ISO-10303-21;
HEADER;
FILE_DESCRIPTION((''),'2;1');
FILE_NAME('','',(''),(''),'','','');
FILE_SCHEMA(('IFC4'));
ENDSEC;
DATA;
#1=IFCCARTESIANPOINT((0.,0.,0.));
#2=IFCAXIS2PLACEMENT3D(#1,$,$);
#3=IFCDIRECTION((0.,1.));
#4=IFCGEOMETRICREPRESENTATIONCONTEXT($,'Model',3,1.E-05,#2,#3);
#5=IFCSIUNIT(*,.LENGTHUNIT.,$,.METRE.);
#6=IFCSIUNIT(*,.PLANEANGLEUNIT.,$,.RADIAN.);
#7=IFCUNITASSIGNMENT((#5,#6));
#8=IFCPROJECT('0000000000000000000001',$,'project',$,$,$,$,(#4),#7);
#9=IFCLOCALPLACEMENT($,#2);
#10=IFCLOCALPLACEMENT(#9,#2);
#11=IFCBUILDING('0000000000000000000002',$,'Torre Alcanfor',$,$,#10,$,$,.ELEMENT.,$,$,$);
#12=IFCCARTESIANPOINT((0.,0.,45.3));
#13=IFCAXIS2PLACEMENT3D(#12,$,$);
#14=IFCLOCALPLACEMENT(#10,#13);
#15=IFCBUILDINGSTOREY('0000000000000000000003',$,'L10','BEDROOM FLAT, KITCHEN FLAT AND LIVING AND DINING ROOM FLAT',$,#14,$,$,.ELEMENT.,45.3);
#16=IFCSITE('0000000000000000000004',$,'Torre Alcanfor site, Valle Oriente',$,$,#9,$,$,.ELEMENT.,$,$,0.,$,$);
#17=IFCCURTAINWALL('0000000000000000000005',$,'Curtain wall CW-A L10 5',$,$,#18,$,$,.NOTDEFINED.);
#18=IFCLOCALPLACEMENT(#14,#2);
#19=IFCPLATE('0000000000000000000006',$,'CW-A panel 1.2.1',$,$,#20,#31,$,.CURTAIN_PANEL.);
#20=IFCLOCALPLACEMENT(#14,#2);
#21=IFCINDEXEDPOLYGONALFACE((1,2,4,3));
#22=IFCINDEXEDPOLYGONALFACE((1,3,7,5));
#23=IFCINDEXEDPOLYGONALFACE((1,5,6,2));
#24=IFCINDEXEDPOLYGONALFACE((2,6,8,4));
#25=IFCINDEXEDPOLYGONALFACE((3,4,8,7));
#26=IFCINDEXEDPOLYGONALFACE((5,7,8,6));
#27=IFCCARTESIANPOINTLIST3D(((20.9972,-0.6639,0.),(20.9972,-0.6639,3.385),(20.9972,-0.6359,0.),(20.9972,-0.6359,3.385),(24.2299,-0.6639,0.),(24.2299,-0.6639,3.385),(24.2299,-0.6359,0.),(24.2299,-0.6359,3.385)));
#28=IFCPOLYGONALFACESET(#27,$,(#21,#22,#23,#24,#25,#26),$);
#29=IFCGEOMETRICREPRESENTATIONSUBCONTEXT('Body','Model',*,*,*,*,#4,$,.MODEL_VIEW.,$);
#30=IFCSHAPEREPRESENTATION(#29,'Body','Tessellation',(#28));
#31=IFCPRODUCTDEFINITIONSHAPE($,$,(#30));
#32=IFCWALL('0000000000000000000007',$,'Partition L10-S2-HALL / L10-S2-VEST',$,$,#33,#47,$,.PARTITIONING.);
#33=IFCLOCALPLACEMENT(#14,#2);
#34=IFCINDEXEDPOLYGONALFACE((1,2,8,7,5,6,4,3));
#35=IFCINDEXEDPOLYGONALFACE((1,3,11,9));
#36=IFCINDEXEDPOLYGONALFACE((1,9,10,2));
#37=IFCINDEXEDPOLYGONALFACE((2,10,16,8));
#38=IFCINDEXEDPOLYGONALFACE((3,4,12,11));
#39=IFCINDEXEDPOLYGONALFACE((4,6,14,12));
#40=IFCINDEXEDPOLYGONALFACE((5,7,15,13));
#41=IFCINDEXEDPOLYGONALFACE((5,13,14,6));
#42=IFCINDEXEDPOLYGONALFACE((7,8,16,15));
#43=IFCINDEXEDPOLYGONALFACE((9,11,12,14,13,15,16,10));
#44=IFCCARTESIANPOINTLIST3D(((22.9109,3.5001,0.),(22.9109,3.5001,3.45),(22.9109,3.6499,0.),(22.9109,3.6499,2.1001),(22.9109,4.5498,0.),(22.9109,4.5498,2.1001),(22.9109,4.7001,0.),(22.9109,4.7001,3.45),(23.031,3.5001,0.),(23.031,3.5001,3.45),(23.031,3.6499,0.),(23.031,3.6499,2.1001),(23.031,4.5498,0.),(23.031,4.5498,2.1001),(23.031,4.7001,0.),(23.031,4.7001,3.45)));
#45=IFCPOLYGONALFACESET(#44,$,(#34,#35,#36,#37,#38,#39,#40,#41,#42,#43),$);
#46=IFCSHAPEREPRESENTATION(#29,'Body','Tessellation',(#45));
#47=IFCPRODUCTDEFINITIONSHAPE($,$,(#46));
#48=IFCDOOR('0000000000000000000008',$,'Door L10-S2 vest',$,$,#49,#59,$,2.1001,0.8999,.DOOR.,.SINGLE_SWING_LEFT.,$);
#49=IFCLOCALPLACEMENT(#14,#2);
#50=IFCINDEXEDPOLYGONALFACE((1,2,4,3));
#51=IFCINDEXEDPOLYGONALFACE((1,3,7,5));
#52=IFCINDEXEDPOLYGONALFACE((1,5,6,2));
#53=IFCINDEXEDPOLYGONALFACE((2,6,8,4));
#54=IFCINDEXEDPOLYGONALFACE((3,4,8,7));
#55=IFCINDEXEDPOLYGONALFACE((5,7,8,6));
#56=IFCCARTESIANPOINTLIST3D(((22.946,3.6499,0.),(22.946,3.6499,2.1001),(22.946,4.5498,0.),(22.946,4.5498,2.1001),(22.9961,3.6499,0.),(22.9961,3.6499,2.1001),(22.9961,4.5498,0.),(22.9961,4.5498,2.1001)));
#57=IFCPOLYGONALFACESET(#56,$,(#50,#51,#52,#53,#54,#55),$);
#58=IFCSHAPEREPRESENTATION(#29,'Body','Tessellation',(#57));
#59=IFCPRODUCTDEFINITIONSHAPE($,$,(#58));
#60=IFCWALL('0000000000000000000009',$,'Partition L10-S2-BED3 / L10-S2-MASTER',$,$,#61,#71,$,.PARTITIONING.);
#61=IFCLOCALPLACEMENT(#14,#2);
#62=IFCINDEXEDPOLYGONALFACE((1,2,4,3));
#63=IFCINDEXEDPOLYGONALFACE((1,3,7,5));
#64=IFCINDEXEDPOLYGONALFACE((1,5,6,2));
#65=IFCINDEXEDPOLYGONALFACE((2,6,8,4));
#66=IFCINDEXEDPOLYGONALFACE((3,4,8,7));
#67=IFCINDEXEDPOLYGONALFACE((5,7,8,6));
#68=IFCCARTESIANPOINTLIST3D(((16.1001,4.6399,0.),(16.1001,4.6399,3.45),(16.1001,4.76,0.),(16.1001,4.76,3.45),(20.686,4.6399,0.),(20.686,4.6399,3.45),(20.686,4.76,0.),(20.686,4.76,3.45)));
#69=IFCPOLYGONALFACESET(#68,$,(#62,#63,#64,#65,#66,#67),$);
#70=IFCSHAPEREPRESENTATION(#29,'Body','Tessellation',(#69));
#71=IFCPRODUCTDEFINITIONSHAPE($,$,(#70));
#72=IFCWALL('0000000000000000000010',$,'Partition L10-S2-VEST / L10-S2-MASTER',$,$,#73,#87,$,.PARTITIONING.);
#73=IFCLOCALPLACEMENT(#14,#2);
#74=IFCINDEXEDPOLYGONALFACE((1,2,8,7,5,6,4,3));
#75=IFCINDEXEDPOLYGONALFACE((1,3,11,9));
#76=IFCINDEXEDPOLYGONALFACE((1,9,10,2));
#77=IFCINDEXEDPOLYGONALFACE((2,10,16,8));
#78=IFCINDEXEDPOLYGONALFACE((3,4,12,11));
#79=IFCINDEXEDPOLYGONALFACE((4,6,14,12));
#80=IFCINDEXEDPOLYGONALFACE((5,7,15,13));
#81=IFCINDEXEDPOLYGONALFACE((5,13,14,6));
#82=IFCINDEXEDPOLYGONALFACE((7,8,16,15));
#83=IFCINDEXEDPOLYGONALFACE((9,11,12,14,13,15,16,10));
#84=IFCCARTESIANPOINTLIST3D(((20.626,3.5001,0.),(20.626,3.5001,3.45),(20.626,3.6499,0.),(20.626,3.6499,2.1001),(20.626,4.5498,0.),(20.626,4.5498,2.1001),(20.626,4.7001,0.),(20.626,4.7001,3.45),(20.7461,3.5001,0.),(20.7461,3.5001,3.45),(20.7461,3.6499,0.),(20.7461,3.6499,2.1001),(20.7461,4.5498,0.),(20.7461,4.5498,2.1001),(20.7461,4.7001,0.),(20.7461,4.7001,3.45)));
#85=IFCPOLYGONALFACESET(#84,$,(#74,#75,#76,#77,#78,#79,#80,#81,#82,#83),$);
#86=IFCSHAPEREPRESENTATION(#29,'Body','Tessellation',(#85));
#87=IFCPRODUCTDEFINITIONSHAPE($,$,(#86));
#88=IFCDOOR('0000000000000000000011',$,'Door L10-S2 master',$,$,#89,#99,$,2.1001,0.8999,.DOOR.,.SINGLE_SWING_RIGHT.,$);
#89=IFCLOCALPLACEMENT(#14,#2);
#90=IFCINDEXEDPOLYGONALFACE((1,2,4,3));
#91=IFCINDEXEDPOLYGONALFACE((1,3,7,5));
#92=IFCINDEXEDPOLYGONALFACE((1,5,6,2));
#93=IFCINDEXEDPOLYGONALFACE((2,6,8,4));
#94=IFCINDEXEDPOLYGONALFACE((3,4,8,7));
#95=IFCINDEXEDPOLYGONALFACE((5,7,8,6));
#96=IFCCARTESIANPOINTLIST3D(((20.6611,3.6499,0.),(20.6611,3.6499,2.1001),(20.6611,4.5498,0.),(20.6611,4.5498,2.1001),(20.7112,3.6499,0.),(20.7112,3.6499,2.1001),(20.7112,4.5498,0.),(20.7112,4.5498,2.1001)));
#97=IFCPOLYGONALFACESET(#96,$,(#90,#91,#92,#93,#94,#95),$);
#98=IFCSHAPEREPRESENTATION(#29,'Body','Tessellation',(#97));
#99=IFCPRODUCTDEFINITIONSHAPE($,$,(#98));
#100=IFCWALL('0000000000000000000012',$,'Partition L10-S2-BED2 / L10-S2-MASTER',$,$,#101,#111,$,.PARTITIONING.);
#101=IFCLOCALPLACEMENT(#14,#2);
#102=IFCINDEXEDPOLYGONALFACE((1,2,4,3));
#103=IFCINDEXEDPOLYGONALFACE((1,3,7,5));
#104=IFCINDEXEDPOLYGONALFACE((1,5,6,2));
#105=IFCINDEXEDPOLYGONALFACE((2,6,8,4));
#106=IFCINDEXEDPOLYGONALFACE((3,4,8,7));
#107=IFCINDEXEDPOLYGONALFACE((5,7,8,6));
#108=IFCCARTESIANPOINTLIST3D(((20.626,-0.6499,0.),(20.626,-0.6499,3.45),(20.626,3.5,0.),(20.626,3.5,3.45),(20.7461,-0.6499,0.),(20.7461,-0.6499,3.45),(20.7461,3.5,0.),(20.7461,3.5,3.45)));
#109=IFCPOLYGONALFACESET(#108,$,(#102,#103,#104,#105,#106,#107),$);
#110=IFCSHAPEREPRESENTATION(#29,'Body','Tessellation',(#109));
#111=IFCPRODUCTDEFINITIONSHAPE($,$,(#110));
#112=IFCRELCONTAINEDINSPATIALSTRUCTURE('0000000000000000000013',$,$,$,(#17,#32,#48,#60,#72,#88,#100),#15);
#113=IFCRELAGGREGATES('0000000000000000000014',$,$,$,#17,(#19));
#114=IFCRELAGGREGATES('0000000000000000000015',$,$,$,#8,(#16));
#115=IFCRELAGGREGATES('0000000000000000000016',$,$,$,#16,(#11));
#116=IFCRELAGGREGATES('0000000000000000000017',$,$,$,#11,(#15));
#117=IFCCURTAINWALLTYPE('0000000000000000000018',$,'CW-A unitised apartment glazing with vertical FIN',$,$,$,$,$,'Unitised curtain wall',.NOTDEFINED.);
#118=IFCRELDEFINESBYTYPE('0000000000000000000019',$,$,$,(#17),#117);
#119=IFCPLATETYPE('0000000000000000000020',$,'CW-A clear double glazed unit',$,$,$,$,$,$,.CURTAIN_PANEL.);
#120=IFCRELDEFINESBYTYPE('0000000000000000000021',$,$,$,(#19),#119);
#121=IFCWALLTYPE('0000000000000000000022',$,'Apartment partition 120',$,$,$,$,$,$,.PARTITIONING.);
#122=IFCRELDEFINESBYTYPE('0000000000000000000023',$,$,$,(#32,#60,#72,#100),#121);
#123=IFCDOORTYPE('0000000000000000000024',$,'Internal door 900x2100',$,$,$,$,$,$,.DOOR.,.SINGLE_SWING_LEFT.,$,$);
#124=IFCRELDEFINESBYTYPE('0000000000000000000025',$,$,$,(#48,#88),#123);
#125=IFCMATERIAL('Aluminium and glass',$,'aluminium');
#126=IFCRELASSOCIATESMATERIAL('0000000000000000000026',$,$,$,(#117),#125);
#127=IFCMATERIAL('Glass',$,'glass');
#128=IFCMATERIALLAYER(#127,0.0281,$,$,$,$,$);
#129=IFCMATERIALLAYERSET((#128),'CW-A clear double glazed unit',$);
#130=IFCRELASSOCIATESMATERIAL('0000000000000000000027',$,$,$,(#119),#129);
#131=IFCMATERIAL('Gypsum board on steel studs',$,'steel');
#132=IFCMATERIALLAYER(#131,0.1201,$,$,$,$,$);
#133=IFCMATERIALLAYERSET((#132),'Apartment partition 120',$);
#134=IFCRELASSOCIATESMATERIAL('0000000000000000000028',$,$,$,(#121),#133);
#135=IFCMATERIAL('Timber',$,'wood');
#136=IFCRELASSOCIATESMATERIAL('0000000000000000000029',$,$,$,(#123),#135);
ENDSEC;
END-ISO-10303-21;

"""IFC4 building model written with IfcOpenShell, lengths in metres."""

from ifc_helpers import new_model, si_unit, direction, frame, frame_2d, origin, origin_2d, place, context, subcontext, project, spatial, rectangle, extrude, material, layer, layer_set, type_object, element, fill, aggregate, save


model = new_model("IFC4")

# Units and contexts
model_context = context("Model", 3, precision=1e-05, world=origin(), true_north=direction((0.0, 1.0)))
body_context = subcontext(model_context, "Body", "Model", "MODEL_VIEW")
ifc_project = project(units=[si_unit("LENGTHUNIT", "METRE"), si_unit("PLANEANGLEUNIT", "RADIAN")], contexts=[model_context])

# Site, building, storey
site_placement = place(None, origin())
site = spatial("IfcSite", under=ifc_project, at=site_placement, Name="Torre Alcanfor site, Valle Oriente", CompositionType="ELEMENT", RefElevation=0.0)
building_placement = place(site_placement, origin())
building = spatial("IfcBuilding", under=site, at=building_placement, Name="Torre Alcanfor", CompositionType="ELEMENT")
storey_placement = place(building_placement, frame((0.0, 0.0, 45.3)))
storey = spatial("IfcBuildingStorey", under=building, at=storey_placement, Name="L10", Description="BEDROOM FLAT, KITCHEN FLAT AND LIVING AND DINING ROOM FLAT", CompositionType="ELEMENT", Elevation=45.3)

# Curtain wall
ifc_material_1 = material(Name="Aluminium and glass", Category="aluminium")
curtain_wall_type = type_object("IfcCurtainWallType", Name="CW-A unitised apartment glazing with vertical FIN", ElementType="Unitised curtain wall", PredefinedType="NOTDEFINED", material=ifc_material_1)
curtain_wall_placement = place(storey_placement, origin())
curtain_wall = element("IfcCurtainWall", 1, at=curtain_wall_placement, inside=storey, type_object=curtain_wall_type, Name="Curtain wall CW-A L10 5", PredefinedType="NOTDEFINED")

# Plate
ifc_material_2 = material(Name="Glass", Category="glass")
ifc_layer_1 = layer(ifc_material_2, 0.0281)
ifc_layer_set_1 = layer_set([ifc_layer_1], Name="CW-A clear double glazed unit")
plate_type = type_object("IfcPlateType", Name="CW-A clear double glazed unit", PredefinedType="CURTAIN_PANEL", material=ifc_layer_set_1)
plate_1_placement = place(storey_placement, frame((22.6135, -0.6499, 0.0), z_axis=(0.0, 0.0, 1.0), x_axis=(1.0, 0.0, 0.0)))
plate_1 = element("IfcPlate", 2, at=plate_1_placement, type_object=plate_type, Name="CW-A panel 1.2.1", PredefinedType="CURTAIN_PANEL", context=body_context, shape_type="SweptSolid", body=[
    extrude(rectangle(XDim=3.2327, YDim=0.0281, at=origin_2d()), origin(), (0.0, 0.0, 1.0), 3.385),
])
aggregate(curtain_wall, [plate_1])

# Wall, opening, door
ifc_material_3 = material(Name="Gypsum board on steel studs", Category="steel")
ifc_layer_2 = layer(ifc_material_3, 0.1201)
ifc_layer_set_2 = layer_set([ifc_layer_2], Name="Apartment partition 120")
wall_type = type_object("IfcWallType", Name="Apartment partition 120", PredefinedType="PARTITIONING", material=ifc_layer_set_2)
wall_1_placement = place(storey_placement, frame((22.9709, 3.5, 0.0), z_axis=(0.0, 0.0, 1.0), x_axis=(0.0, 1.0, 0.0)))
wall_1 = element("IfcWall", 3, at=wall_1_placement, inside=storey, type_object=wall_type, Name="Partition L10-S2-HALL / L10-S2-VEST", PredefinedType="PARTITIONING", context=body_context, shape_type="SweptSolid", body=[
    extrude(rectangle(XDim=1.2, YDim=0.1201, at=frame_2d((0.6001, 0.0))), origin(), (0.0, 0.0, 1.0), 3.45),
])
opening_1_placement = place(wall_1_placement, frame((0.1499, 0.0, 0.0)))
opening_1 = element("IfcOpeningElement", 4, at=opening_1_placement, cuts=wall_1, PredefinedType="OPENING", context=body_context, shape_type="SweptSolid", body=[
    extrude(rectangle(XDim=0.8999, YDim=2.1001, at=frame_2d((0.45, 1.05))), frame((0.0, 0.0701, 0.0), z_axis=(0.0, -1.0, 0.0), x_axis=(1.0, 0.0, 0.0)), (0.0, 0.0, 1.0), 0.1401),
])
ifc_material_4 = material(Name="Timber", Category="wood")
door_type = type_object("IfcDoorType", Name="Internal door 900x2100", OperationType="SINGLE_SWING_LEFT", PredefinedType="DOOR", material=ifc_material_4)
door_1_placement = place(opening_1_placement, origin())
door_1 = element("IfcDoor", 5, at=door_1_placement, inside=storey, type_object=door_type, Name="Door L10-S2 vest", OperationType="SINGLE_SWING_LEFT", OverallHeight=2.1001, OverallWidth=0.8999, PredefinedType="DOOR", context=body_context, shape_type="SweptSolid", body=[
    extrude(rectangle(XDim=0.8999, YDim=2.1001, at=frame_2d((0.45, 1.05))), frame((0.0, 0.0249, 0.0), z_axis=(0.0, -1.0, 0.0), x_axis=(1.0, 0.0, 0.0)), (0.0, 0.0, 1.0), 0.05),
])
fill(opening_1, door_1)

# Wall
wall_2_placement = place(storey_placement, frame((20.686, 4.7, 0.0), z_axis=(0.0, 0.0, 1.0), x_axis=(-1.0, 0.0, 0.0)))
element("IfcWall", 6, at=wall_2_placement, inside=storey, type_object=wall_type, Name="Partition L10-S2-BED3 / L10-S2-MASTER", PredefinedType="PARTITIONING", context=body_context, shape_type="SweptSolid", body=[
    extrude(rectangle(XDim=4.5859, YDim=0.1201, at=frame_2d((2.293, 0.0))), origin(), (0.0, 0.0, 1.0), 3.45),
])

# Wall, opening, door
wall_3_placement = place(storey_placement, frame((20.686, 3.5, 0.0), z_axis=(0.0, 0.0, 1.0), x_axis=(0.0, 1.0, 0.0)))
wall_3 = element("IfcWall", 7, at=wall_3_placement, inside=storey, type_object=wall_type, Name="Partition L10-S2-VEST / L10-S2-MASTER", PredefinedType="PARTITIONING", context=body_context, shape_type="SweptSolid", body=[
    extrude(rectangle(XDim=1.2, YDim=0.1201, at=frame_2d((0.6001, 0.0))), origin(), (0.0, 0.0, 1.0), 3.45),
])
opening_2_placement = place(wall_3_placement, frame((0.1499, 0.0, 0.0)))
opening_2 = element("IfcOpeningElement", 8, at=opening_2_placement, cuts=wall_3, PredefinedType="OPENING", context=body_context, shape_type="SweptSolid", body=[
    extrude(rectangle(XDim=0.8999, YDim=2.1001, at=frame_2d((0.45, 1.05))), frame((0.0, 0.0701, 0.0), z_axis=(0.0, -1.0, 0.0), x_axis=(1.0, 0.0, 0.0)), (0.0, 0.0, 1.0), 0.1401),
])
door_2_placement = place(opening_2_placement, frame((0.8999, 0.0, 0.0), z_axis=(0.0, 0.0, 1.0), x_axis=(-1.0, 0.0, 0.0)))
door_2 = element("IfcDoor", 9, at=door_2_placement, inside=storey, type_object=door_type, Name="Door L10-S2 master", OperationType="SINGLE_SWING_RIGHT", OverallHeight=2.1001, OverallWidth=0.8999, PredefinedType="DOOR", context=body_context, shape_type="SweptSolid", body=[
    extrude(rectangle(XDim=0.8999, YDim=2.1001, at=frame_2d((0.45, 1.05))), frame((0.0, 0.0251, 0.0), z_axis=(0.0, -1.0, 0.0), x_axis=(1.0, 0.0, 0.0)), (0.0, 0.0, 1.0), 0.05),
])
fill(opening_2, door_2)

# Wall
wall_4_placement = place(storey_placement, frame((20.686, -0.6499, 0.0), z_axis=(0.0, 0.0, 1.0), x_axis=(0.0, 1.0, 0.0)))
element("IfcWall", 10, at=wall_4_placement, inside=storey, type_object=wall_type, Name="Partition L10-S2-BED2 / L10-S2-MASTER", PredefinedType="PARTITIONING", context=body_context, shape_type="SweptSolid", body=[
    extrude(rectangle(XDim=4.1499, YDim=0.1201, at=frame_2d((2.075, 0.0))), origin(), (0.0, 0.0, 1.0), 3.45),
])

save(model, "model.ifc")
